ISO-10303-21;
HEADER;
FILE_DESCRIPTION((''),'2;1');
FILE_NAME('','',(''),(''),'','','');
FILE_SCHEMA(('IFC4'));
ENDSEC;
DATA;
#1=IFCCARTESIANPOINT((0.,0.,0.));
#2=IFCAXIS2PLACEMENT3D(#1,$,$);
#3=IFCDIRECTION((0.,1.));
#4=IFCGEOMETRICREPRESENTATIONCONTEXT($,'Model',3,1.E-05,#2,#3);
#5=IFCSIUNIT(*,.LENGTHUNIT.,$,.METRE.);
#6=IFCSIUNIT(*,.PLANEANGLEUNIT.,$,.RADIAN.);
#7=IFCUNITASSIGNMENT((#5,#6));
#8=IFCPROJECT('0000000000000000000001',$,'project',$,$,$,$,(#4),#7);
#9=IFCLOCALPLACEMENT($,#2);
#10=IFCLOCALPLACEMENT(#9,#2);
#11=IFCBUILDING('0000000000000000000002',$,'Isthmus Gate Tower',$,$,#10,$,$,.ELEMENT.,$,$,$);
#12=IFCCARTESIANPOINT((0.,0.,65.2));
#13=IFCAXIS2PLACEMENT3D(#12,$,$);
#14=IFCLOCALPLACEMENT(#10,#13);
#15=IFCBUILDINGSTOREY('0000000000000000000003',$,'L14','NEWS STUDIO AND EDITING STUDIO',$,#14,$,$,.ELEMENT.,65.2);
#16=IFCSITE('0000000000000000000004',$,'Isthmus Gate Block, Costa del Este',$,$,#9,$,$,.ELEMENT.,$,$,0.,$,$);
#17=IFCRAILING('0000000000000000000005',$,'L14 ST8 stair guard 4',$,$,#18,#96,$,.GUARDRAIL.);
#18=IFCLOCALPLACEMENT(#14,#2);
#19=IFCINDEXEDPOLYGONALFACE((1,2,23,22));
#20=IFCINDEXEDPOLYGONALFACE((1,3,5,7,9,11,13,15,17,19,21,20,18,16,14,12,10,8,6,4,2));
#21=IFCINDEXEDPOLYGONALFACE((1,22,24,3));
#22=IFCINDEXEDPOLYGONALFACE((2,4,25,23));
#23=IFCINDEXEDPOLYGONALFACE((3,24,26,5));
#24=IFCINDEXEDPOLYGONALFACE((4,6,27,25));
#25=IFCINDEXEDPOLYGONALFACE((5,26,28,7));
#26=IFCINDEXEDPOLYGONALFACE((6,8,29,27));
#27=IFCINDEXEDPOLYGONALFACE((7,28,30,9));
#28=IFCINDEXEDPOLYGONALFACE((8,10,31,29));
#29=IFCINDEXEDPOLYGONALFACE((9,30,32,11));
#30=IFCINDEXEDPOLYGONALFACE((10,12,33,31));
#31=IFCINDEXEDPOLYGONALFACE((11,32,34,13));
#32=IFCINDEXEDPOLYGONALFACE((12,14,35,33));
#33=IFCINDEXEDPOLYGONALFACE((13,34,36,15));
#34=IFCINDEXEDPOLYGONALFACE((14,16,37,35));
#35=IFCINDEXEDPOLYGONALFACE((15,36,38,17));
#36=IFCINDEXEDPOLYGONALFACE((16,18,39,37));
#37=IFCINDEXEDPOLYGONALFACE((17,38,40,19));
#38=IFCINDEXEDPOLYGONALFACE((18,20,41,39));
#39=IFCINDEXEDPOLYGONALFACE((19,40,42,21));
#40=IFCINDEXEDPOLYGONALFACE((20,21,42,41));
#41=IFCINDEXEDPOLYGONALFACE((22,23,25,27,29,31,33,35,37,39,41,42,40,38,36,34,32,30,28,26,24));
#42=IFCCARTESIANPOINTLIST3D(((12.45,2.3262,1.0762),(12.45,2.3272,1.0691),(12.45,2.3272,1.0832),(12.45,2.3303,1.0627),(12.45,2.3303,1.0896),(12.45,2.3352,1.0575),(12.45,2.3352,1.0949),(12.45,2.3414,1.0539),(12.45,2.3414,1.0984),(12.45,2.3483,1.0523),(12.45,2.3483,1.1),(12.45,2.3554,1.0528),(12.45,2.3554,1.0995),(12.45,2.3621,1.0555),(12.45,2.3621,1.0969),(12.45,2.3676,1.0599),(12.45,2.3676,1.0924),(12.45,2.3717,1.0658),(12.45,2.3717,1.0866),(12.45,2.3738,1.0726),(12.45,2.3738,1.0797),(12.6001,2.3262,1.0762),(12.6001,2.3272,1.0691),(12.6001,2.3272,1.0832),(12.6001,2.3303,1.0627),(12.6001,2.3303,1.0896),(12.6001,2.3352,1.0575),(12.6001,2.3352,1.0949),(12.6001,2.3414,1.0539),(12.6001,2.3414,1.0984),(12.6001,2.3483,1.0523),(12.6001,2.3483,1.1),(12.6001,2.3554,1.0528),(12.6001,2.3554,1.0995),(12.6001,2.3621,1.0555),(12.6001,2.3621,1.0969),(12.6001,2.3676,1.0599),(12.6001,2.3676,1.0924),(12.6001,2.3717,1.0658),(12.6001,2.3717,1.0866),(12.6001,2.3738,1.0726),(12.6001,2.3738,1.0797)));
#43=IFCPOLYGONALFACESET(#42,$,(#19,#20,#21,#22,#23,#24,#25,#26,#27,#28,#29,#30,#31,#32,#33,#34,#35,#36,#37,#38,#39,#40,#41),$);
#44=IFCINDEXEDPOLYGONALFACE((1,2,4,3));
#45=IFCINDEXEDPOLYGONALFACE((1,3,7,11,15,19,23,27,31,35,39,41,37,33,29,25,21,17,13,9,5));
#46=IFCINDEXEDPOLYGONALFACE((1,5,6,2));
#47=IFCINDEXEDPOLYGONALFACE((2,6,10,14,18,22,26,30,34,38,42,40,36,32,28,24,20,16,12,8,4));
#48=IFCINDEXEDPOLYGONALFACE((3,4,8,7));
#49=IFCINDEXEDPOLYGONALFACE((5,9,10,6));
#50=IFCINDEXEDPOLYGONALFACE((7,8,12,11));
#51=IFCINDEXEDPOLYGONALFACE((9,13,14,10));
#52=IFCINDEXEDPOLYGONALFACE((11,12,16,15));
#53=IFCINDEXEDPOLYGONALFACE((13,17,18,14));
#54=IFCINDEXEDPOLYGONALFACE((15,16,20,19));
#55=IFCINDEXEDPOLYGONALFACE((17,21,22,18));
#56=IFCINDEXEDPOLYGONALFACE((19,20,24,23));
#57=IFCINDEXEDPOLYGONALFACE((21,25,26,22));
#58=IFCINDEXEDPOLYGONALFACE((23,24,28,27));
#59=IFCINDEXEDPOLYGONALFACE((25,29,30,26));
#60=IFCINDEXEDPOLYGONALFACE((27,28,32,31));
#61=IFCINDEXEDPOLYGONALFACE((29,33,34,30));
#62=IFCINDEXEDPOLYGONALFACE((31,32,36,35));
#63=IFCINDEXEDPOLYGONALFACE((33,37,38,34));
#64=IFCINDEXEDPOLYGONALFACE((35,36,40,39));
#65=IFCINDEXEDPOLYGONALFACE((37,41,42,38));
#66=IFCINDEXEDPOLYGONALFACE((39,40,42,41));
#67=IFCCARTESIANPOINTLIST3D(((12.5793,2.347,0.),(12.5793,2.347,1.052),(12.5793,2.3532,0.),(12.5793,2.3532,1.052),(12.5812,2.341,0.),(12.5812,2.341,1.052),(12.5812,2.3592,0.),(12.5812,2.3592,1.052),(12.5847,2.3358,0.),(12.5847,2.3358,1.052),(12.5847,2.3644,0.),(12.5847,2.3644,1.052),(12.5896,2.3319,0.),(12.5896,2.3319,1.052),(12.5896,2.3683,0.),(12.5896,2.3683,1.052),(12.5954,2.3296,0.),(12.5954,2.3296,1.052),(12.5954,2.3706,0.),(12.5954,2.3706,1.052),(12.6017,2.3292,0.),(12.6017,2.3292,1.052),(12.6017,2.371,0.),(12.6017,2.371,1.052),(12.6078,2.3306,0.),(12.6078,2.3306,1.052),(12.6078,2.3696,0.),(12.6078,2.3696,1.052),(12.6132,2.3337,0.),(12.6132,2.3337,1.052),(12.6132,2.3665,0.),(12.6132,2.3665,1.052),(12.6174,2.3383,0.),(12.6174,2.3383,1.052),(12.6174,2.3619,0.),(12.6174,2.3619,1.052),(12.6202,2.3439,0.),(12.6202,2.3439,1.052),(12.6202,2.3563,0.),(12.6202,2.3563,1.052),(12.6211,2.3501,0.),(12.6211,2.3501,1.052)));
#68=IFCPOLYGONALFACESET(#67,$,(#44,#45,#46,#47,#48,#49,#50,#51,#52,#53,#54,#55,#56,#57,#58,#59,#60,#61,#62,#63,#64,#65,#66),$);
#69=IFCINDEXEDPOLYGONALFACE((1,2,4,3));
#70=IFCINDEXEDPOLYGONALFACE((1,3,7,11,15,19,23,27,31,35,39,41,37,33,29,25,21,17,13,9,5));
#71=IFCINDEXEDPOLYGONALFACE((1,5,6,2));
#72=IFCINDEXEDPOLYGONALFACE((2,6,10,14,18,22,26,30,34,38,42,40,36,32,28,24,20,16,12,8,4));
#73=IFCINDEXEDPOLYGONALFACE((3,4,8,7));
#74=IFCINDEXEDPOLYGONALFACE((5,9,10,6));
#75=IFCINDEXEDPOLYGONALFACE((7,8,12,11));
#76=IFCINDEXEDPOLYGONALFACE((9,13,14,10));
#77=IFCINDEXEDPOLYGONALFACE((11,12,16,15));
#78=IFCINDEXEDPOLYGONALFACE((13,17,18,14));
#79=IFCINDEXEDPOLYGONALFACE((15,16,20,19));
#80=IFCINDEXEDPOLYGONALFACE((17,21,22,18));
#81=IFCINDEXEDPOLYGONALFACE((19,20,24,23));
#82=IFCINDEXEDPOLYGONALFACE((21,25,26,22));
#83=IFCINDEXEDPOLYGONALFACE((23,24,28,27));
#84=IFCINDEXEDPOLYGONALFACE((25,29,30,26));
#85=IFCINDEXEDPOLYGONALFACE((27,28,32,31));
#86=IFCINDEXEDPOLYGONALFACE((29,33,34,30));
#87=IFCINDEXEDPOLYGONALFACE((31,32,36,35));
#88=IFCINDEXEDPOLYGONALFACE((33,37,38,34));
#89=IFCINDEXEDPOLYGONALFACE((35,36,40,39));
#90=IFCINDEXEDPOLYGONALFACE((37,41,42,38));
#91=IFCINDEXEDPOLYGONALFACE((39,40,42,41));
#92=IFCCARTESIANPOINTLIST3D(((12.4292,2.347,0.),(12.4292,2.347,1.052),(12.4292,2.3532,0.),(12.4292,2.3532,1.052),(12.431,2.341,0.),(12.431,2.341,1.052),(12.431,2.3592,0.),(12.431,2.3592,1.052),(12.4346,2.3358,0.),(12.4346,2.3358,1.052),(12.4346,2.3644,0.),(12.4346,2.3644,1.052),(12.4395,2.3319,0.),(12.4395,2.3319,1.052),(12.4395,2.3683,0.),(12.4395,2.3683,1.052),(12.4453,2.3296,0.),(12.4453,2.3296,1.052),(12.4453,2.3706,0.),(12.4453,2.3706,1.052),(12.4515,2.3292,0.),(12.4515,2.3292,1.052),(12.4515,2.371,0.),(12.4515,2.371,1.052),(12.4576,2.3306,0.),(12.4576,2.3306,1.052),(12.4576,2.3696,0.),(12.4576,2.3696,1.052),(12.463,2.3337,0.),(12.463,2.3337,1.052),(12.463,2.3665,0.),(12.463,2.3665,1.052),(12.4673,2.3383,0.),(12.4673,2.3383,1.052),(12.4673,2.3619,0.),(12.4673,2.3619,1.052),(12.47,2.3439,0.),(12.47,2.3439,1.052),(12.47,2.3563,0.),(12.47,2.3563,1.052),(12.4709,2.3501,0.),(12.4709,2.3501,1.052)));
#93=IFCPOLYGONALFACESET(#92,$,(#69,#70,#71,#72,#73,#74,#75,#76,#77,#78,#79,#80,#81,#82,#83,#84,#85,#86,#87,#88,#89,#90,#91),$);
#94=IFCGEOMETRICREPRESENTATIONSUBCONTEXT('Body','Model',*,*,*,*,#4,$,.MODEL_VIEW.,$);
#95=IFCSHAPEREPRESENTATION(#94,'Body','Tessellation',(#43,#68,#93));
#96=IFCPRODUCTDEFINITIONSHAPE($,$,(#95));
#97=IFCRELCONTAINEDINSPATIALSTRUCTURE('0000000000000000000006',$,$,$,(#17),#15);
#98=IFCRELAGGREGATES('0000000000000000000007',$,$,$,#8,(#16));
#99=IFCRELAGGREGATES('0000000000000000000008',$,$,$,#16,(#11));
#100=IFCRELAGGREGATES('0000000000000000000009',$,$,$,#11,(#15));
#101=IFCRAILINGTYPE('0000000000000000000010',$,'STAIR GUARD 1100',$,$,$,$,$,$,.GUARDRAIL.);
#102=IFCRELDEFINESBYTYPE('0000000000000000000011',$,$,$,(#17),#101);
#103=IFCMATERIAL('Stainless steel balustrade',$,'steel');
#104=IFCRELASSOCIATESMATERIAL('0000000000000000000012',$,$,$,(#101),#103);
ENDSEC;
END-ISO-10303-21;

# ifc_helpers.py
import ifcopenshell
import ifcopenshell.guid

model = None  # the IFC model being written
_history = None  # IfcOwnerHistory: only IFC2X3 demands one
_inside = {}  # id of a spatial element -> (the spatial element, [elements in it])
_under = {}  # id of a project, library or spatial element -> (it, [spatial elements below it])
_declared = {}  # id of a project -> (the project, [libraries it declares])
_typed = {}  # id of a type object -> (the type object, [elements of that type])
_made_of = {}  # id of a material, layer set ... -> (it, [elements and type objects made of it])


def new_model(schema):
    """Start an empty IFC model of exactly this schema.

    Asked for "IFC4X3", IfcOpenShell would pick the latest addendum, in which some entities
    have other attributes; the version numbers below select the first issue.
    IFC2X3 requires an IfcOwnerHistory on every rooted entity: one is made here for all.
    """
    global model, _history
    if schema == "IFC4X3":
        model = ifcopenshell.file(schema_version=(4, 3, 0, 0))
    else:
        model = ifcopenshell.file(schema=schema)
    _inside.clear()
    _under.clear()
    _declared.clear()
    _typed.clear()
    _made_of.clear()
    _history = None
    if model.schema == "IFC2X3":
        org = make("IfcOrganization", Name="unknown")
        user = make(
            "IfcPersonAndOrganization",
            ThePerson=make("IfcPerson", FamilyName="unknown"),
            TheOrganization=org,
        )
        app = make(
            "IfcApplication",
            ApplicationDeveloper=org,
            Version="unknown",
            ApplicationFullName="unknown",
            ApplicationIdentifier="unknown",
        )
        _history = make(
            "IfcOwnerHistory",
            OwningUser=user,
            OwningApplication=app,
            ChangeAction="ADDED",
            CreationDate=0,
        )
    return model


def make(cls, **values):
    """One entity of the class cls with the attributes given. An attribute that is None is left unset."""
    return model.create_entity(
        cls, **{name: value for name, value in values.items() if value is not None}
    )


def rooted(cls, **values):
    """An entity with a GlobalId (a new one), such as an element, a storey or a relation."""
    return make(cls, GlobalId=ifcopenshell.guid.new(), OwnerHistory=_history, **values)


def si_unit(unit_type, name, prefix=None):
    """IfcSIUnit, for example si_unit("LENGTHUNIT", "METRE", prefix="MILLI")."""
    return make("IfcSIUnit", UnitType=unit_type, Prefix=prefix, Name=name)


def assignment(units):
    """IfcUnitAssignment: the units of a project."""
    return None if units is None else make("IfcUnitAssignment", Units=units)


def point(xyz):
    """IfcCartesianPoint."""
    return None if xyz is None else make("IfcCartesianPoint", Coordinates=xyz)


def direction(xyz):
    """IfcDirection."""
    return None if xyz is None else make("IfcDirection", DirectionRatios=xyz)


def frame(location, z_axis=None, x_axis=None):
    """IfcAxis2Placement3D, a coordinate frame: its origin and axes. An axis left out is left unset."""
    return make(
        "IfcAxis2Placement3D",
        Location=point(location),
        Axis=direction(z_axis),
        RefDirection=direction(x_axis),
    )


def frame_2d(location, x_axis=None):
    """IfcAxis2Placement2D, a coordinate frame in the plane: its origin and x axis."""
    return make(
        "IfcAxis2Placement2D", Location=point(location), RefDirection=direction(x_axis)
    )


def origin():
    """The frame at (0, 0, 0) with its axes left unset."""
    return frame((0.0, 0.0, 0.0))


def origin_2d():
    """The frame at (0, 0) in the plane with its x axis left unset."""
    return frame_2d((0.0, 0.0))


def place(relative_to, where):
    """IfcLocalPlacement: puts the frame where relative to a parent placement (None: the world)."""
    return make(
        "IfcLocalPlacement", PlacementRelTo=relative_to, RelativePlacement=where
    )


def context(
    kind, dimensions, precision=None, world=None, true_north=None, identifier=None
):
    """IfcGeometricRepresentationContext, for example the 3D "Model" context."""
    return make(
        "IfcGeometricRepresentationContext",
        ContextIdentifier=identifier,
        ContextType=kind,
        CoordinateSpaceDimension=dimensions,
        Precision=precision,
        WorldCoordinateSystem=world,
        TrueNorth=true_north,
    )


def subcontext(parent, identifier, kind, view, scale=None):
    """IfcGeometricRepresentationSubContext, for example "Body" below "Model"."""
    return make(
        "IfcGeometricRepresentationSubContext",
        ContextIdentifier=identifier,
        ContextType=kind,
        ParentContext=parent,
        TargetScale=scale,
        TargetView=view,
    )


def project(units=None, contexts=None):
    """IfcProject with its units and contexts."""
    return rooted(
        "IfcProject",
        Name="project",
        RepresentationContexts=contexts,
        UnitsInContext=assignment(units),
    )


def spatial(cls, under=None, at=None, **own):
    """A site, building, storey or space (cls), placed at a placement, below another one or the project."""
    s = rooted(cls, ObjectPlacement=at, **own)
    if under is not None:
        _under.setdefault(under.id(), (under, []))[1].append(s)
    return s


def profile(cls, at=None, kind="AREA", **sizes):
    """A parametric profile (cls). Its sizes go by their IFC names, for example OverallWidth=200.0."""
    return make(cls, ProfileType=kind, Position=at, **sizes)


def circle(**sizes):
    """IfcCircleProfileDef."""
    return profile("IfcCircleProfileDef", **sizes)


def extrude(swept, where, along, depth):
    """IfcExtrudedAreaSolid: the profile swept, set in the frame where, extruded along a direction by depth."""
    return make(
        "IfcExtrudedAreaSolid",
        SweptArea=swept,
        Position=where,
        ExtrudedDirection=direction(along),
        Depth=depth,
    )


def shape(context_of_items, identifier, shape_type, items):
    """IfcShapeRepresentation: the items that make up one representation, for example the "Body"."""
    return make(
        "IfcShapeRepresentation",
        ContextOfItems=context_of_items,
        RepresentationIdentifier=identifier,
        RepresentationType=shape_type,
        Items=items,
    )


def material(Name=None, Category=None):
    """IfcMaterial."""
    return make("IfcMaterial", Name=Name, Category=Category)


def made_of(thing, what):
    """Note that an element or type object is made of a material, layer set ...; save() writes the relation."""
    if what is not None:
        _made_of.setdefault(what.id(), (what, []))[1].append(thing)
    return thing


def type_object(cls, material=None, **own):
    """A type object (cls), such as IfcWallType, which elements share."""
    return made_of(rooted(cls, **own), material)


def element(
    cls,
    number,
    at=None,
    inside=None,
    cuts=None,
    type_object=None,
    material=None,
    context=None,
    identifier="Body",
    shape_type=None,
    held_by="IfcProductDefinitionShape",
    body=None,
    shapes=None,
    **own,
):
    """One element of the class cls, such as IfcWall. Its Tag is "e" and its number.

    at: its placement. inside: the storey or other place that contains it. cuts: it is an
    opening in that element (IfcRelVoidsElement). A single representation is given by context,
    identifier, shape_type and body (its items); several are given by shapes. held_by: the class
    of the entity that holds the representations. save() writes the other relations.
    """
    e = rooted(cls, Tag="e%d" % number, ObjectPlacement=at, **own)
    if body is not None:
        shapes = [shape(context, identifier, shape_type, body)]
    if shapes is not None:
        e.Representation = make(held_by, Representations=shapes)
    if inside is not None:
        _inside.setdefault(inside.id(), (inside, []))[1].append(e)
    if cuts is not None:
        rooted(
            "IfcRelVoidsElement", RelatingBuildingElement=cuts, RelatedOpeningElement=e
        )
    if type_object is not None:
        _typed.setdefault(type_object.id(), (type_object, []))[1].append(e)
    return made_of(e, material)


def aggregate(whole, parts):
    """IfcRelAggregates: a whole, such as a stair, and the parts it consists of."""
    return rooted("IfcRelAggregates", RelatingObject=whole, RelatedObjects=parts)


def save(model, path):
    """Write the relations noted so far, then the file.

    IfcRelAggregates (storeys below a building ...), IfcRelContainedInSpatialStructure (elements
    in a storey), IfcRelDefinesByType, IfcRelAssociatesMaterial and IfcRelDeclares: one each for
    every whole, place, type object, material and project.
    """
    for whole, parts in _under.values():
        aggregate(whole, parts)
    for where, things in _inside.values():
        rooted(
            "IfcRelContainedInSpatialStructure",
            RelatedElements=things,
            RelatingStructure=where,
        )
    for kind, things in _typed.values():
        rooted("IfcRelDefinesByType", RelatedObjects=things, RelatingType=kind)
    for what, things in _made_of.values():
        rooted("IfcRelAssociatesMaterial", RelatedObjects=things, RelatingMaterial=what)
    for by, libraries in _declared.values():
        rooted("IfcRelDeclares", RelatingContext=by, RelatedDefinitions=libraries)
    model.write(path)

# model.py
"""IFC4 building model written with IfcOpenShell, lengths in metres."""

from ifc_helpers import new_model, si_unit, direction, frame, origin, origin_2d, place, context, subcontext, project, spatial, circle, extrude, material, type_object, element, save


model = new_model("IFC4")

# Units and contexts
model_context = context("Model", 3, precision=1e-05, world=origin(), true_north=direction((0.0, 1.0)))
body_context = subcontext(model_context, "Body", "Model", "MODEL_VIEW")
ifc_project = project(units=[si_unit("LENGTHUNIT", "METRE"), si_unit("PLANEANGLEUNIT", "RADIAN")], contexts=[model_context])

# Site, building, storey
site_placement = place(None, origin())
site = spatial("IfcSite", under=ifc_project, at=site_placement, Name="Isthmus Gate Block, Costa del Este", CompositionType="ELEMENT", RefElevation=0.0)
building_placement = place(site_placement, origin())
building = spatial("IfcBuilding", under=site, at=building_placement, Name="Isthmus Gate Tower", CompositionType="ELEMENT")
storey_placement = place(building_placement, frame((0.0, 0.0, 65.2)))
storey = spatial("IfcBuildingStorey", under=building, at=storey_placement, Name="L14", Description="NEWS STUDIO AND EDITING STUDIO", CompositionType="ELEMENT", Elevation=65.2)

# Railing
ifc_material_1 = material(Name="Stainless steel balustrade", Category="steel")
railing_type_1 = type_object("IfcRailingType", Name="STAIR GUARD 1100", PredefinedType="GUARDRAIL", material=ifc_material_1)
railing_1_placement = place(storey_placement, frame((12.6001, 2.3501, 0.0)))
element("IfcRailing", 1, at=railing_1_placement, inside=storey, type_object=railing_type_1, Name="L14 ST8 stair guard 4", PredefinedType="GUARDRAIL", context=body_context, shape_type="SweptSolid", body=[
    extrude(circle(Radius=0.0239, at=origin_2d()), frame((0.0, 0.0, 1.0762), z_axis=(-1.0, 0.0, 0.0), x_axis=(0.0, -1.0, 0.0)), (0.0, 0.0, 1.0), 0.1501),
    extrude(circle(Radius=0.021, at=origin_2d()), origin(), (0.0, 0.0, 1.0), 1.052),
    extrude(circle(Radius=0.021, at=origin_2d()), frame((-0.1501, 0.0, 0.0)), (0.0, 0.0, 1.0), 1.052),
])

save(model, "model.ifc")
